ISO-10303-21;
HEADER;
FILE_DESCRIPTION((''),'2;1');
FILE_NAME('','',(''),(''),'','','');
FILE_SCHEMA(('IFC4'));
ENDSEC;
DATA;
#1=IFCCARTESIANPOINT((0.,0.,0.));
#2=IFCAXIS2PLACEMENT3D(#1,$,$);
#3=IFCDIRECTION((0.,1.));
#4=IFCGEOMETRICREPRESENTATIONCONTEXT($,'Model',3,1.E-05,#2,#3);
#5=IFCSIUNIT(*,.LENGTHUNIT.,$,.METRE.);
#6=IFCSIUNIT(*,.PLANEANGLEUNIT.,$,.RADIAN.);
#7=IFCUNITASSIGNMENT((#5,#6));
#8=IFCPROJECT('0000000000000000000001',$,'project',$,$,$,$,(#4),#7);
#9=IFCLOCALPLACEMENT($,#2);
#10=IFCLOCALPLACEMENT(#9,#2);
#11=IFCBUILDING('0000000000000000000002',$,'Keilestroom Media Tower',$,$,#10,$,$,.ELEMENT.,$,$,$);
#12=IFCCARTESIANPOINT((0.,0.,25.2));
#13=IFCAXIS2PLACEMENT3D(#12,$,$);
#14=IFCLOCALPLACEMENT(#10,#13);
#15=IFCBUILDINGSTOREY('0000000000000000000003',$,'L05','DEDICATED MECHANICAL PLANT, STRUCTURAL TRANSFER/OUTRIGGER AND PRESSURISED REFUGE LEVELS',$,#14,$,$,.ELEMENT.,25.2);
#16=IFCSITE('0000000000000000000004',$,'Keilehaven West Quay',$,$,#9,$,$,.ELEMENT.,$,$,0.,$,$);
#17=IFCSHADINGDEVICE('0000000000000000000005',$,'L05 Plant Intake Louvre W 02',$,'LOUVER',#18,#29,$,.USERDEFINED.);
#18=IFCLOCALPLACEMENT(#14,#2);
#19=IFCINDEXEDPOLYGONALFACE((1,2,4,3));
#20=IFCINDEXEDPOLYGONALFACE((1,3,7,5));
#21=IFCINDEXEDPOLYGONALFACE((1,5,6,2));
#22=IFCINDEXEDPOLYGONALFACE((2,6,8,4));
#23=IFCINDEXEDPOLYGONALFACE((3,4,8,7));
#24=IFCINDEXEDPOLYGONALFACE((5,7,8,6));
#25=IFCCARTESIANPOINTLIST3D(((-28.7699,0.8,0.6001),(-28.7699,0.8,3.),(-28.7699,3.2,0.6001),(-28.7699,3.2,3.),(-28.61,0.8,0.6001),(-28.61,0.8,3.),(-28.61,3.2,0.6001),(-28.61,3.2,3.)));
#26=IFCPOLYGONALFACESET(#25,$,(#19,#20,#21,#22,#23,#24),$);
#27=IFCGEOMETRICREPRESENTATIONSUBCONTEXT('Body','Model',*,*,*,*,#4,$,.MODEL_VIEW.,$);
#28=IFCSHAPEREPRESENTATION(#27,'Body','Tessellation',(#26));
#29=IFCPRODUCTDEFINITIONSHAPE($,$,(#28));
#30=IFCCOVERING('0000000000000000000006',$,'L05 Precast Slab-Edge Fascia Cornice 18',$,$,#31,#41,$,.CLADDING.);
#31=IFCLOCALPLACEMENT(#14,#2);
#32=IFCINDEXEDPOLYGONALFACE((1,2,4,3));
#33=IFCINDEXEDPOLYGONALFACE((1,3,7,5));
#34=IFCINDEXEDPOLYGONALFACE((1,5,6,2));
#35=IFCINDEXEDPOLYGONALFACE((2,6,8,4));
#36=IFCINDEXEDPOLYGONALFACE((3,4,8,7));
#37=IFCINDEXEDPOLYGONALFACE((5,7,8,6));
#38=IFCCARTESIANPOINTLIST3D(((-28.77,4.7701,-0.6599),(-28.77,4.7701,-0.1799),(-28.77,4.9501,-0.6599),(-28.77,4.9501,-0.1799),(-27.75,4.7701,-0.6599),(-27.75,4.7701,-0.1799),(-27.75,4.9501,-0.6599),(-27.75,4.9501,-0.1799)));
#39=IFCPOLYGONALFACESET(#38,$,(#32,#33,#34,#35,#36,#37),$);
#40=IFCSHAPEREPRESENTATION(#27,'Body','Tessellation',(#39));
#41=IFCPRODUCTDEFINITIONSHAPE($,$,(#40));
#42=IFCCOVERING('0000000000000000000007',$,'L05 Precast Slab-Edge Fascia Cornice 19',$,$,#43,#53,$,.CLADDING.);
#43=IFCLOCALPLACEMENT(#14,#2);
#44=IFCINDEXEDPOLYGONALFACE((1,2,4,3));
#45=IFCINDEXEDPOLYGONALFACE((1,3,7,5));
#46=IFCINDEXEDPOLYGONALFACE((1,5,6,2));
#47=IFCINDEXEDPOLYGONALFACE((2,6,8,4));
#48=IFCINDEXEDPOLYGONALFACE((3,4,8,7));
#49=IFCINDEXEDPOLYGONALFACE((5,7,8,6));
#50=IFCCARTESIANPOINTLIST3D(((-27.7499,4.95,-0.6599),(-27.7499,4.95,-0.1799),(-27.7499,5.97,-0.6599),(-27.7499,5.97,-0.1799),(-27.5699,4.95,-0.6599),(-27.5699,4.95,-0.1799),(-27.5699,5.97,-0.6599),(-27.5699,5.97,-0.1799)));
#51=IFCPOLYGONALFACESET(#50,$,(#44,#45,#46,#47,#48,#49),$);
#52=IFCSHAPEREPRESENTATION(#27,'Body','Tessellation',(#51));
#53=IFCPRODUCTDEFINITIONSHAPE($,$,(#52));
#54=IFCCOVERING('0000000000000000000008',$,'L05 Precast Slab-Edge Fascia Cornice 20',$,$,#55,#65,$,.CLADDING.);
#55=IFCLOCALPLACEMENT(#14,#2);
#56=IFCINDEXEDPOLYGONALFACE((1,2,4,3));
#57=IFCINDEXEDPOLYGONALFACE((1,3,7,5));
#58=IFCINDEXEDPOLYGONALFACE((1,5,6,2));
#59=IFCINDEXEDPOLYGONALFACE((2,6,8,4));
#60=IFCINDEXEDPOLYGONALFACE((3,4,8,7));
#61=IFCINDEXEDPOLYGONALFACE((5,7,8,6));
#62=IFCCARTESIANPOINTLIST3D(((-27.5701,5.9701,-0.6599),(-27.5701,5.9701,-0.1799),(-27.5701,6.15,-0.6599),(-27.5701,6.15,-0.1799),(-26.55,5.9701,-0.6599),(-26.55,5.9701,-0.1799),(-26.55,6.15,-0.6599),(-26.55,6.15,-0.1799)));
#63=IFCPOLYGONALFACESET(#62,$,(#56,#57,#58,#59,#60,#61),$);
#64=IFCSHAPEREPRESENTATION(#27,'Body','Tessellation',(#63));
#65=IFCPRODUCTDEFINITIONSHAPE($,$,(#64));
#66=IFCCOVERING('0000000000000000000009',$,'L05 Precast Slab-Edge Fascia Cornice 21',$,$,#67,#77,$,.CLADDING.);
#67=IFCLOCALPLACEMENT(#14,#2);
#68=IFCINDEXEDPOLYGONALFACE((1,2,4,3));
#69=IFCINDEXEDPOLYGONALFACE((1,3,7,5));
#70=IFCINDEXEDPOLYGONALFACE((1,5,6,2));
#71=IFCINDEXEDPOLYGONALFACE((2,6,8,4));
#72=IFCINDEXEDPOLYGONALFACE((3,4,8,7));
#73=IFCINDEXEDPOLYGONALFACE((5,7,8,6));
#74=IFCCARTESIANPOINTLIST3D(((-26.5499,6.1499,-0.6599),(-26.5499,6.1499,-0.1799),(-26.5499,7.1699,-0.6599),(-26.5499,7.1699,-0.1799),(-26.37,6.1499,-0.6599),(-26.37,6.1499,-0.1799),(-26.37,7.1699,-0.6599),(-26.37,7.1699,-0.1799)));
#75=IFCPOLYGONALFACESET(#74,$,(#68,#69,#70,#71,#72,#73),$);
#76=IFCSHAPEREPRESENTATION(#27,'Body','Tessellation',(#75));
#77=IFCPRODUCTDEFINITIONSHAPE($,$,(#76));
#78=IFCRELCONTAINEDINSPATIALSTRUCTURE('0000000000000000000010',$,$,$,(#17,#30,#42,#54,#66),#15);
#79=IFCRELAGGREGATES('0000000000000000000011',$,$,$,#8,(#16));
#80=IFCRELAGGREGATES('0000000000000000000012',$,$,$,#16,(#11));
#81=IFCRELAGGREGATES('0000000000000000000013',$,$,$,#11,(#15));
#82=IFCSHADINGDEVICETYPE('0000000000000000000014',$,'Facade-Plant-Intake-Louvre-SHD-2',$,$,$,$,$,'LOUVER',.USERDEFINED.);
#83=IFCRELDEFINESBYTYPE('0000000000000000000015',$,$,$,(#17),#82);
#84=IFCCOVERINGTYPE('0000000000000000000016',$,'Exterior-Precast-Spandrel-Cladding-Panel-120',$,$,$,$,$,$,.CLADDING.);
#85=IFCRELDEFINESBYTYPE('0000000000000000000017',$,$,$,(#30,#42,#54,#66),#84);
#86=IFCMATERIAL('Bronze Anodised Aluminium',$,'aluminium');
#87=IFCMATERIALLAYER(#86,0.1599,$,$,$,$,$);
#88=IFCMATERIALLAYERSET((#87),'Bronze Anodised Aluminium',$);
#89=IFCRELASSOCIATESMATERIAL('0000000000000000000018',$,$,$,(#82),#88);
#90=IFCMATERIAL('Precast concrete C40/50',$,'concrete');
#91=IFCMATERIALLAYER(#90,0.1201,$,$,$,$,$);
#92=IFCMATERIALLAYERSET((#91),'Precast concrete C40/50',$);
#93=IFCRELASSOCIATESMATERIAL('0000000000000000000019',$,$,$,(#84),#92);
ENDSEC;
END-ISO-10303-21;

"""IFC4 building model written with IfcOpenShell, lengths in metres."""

from ifc_helpers import new_model, si_unit, direction, frame, origin, origin_2d, place, context, subcontext, project, spatial, rectangle, extrude, source, transform, mapped, material, layer, layer_set, type_object, element, save


model = new_model("IFC4")

# Units and contexts
model_context = context("Model", 3, precision=1e-05, world=origin(), true_north=direction((0.0, 1.0)))
body_context = subcontext(model_context, "Body", "Model", "MODEL_VIEW")
ifc_project = project(units=[si_unit("LENGTHUNIT", "METRE"), si_unit("PLANEANGLEUNIT", "RADIAN")], contexts=[model_context])

# Site, building, storey
site_placement = place(None, origin())
site = spatial("IfcSite", under=ifc_project, at=site_placement, Name="Keilehaven West Quay", CompositionType="ELEMENT", RefElevation=0.0)
building_placement = place(site_placement, origin())
building = spatial("IfcBuilding", under=site, at=building_placement, Name="Keilestroom Media Tower", CompositionType="ELEMENT")
storey_placement = place(building_placement, frame((0.0, 0.0, 25.2)))
storey = spatial("IfcBuildingStorey", under=building, at=storey_placement, Name="L05", Description="DEDICATED MECHANICAL PLANT, STRUCTURAL TRANSFER/OUTRIGGER AND PRESSURISED REFUGE LEVELS", CompositionType="ELEMENT", Elevation=25.2)

# Shared definitions
ifc_material_1 = material(Name="Precast concrete C40/50", Category="concrete")

# Shading device
ifc_material_2 = material(Name="Bronze Anodised Aluminium", Category="aluminium")
ifc_layer_1 = layer(ifc_material_2, 0.1599)
ifc_layer_set_1 = layer_set([ifc_layer_1], Name="Bronze Anodised Aluminium")
shading_device_type = type_object("IfcShadingDeviceType", Name="Facade-Plant-Intake-Louvre-SHD-2", ElementType="LOUVER", PredefinedType="USERDEFINED", material=ifc_layer_set_1)
shared_shape_1 = source(origin(), body_context, "Body", "SweptSolid", [
    extrude(rectangle(XDim=0.1599, YDim=2.3999, at=origin_2d()), origin(), (0.0, 0.0, 1.0), 2.3999),
])
shading_device_placement = place(storey_placement, frame((-28.6899, 2.0, 0.6001), z_axis=(0.0, 0.0, 1.0), x_axis=(1.0, 0.0, 0.0)))
element("IfcShadingDevice", 1, at=shading_device_placement, inside=storey, type_object=shading_device_type, Name="L05 Plant Intake Louvre W 02", ObjectType="LOUVER", PredefinedType="USERDEFINED", context=body_context, shape_type="MappedRepresentation", body=[
    mapped(shared_shape_1, transform((0.0, 0.0, 0.0), x_axis=(1.0, 0.0, 0.0), y_axis=(0.0, 1.0, 0.0), z_axis=(0.0, 0.0, 1.0), scale=1.0)),
])

# Coverings
ifc_layer_2 = layer(ifc_material_1, 0.1201)
ifc_layer_set_2 = layer_set([ifc_layer_2], Name="Precast concrete C40/50")
covering_type = type_object("IfcCoveringType", Name="Exterior-Precast-Spandrel-Cladding-Panel-120", PredefinedType="CLADDING", material=ifc_layer_set_2)
shared_shape_2 = source(origin(), body_context, "Body", "SweptSolid", [
    extrude(rectangle(XDim=1.02, YDim=0.1799, at=origin_2d()), origin(), (0.0, 0.0, 1.0), 0.48),
])
for number, where, z_axis, x_axis, name in (
    (2, (-28.26, 4.8601, -0.6599), (0.0, 0.0, 1.0), (1.0, 0.0, 0.0), "L05 Precast Slab-Edge Fascia Cornice 18"),
    (3, (-27.6599, 5.46, -0.6599), (0.0, 0.0, 1.0), (0.0, 1.0, 0.0), "L05 Precast Slab-Edge Fascia Cornice 19"),
    (4, (-27.0601, 6.0601, -0.6599), (0.0, 0.0, 1.0), (1.0, 0.0, 0.0), "L05 Precast Slab-Edge Fascia Cornice 20"),
    (5, (-26.46, 6.6599, -0.6599), (0.0, 0.0, 1.0), (0.0, 1.0, 0.0), "L05 Precast Slab-Edge Fascia Cornice 21"),
):
    element("IfcCovering", number, at=place(storey_placement, frame(where, z_axis=z_axis, x_axis=x_axis)), inside=storey, type_object=covering_type, Name=name, PredefinedType="CLADDING", context=body_context, shape_type="MappedRepresentation", body=[
        mapped(shared_shape_2, transform((0.0, 0.0, 0.0), x_axis=(1.0, 0.0, 0.0), y_axis=(0.0, 1.0, 0.0), z_axis=(0.0, 0.0, 1.0), scale=1.0)),
    ])

save(model, "model.ifc")
